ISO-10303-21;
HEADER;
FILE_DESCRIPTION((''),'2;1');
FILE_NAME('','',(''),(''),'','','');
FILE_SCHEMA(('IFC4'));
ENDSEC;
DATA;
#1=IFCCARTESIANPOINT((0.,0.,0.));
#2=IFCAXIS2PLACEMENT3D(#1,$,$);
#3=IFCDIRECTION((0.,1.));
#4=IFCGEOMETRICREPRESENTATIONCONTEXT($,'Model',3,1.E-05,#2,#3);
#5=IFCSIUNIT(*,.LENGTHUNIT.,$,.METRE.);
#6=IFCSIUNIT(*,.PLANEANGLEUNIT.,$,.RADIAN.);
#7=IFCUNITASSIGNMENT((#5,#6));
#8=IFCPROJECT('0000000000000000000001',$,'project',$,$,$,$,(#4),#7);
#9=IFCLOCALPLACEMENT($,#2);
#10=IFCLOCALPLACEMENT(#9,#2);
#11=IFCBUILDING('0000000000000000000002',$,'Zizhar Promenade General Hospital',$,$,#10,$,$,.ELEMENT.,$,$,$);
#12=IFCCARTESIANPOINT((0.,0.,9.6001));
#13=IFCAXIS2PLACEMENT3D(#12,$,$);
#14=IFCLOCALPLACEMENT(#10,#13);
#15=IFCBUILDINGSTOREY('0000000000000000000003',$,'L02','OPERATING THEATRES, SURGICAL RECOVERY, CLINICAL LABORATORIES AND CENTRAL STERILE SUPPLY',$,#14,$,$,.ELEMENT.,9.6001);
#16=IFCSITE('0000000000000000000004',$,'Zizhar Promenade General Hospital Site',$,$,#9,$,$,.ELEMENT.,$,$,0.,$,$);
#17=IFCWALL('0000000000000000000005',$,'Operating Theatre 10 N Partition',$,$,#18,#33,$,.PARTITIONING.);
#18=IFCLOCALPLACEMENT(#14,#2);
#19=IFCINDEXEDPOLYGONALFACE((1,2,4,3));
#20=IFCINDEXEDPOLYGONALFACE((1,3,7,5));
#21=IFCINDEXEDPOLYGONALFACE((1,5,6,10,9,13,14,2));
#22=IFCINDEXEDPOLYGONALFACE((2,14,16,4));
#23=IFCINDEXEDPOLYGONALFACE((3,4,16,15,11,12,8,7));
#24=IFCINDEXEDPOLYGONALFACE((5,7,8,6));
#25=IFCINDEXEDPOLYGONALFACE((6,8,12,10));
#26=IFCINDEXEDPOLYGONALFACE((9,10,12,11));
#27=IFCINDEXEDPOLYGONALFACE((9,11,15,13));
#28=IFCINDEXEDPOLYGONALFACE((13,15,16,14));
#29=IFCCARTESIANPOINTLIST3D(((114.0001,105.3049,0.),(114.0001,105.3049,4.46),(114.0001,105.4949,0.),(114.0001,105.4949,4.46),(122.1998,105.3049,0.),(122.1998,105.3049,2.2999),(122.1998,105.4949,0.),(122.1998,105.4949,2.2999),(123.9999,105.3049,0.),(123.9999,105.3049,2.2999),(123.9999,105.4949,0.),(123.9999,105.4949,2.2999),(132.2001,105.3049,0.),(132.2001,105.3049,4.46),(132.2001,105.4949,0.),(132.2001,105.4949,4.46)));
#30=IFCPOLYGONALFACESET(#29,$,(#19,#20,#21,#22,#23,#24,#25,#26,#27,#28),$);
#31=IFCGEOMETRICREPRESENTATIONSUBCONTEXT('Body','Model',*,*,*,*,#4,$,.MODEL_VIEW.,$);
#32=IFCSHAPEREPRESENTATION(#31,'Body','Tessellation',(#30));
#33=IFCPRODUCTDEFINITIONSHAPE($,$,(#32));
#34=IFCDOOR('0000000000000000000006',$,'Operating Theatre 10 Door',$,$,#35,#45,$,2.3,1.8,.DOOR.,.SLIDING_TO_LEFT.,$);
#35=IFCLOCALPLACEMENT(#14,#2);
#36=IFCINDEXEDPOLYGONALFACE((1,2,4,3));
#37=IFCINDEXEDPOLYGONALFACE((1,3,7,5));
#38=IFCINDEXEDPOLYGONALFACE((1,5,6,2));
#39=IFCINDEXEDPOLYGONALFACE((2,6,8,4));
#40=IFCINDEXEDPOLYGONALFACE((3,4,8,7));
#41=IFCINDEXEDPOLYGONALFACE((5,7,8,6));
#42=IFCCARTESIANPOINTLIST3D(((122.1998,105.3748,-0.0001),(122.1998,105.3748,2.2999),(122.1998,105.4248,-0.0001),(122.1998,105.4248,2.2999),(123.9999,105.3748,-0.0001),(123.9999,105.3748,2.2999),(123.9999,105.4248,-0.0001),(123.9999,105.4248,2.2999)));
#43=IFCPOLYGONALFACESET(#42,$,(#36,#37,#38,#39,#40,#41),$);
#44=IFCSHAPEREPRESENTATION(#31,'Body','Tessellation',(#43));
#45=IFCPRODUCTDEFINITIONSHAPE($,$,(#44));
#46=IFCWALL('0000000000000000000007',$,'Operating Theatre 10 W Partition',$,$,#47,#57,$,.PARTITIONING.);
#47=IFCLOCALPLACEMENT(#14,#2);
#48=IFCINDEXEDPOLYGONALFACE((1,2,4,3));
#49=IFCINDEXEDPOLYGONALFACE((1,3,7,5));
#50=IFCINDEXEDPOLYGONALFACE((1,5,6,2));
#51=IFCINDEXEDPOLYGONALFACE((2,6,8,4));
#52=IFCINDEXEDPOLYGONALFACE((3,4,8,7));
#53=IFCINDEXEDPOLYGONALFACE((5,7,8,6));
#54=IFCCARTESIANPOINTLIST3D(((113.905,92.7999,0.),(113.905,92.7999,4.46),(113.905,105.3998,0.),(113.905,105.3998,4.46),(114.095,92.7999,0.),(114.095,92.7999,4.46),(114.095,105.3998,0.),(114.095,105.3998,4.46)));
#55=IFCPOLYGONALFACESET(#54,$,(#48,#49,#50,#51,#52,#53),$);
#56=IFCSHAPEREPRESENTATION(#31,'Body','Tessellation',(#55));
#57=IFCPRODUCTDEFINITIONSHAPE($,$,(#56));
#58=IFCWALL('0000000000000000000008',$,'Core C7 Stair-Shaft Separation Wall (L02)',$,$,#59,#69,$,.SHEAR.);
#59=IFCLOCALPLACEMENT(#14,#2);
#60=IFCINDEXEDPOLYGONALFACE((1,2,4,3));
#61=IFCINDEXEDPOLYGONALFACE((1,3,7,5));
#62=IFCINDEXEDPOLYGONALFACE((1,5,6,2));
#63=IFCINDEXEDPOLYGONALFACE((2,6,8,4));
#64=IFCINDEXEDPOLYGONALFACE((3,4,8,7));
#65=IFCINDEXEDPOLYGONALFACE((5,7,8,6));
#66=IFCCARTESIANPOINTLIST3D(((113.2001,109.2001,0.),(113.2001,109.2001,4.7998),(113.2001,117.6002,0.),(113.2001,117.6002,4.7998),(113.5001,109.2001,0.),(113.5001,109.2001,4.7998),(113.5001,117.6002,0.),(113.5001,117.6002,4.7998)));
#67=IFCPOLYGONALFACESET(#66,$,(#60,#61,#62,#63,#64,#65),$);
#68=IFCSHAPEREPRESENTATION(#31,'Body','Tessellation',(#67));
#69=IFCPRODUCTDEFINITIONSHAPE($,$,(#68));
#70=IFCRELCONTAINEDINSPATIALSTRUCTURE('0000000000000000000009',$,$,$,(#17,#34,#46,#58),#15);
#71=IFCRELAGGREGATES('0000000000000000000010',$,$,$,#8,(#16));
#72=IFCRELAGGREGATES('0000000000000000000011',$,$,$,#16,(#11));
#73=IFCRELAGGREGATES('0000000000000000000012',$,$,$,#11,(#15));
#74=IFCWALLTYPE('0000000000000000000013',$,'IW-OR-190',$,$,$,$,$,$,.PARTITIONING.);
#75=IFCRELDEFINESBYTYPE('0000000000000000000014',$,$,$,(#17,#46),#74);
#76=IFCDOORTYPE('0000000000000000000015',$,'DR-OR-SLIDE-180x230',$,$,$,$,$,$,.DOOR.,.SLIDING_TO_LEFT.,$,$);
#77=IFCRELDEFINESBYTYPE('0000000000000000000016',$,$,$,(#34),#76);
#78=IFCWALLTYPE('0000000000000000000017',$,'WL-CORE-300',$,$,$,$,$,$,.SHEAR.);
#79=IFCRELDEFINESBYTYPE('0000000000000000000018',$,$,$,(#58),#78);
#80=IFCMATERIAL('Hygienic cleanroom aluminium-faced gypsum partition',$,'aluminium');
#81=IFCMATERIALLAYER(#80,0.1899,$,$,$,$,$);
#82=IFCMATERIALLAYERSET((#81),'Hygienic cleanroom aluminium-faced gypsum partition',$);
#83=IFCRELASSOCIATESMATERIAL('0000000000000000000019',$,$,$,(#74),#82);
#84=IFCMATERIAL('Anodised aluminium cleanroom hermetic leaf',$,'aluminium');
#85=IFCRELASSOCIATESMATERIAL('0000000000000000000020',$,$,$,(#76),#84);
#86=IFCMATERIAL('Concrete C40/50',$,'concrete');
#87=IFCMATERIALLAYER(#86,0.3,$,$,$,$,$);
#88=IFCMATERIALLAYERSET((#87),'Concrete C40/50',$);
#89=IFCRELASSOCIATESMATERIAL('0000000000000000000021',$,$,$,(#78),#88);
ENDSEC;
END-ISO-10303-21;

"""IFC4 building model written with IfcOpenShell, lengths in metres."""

from ifc_helpers import new_model, si_unit, direction, frame, frame_2d, origin, place, context, subcontext, project, spatial, rectangle, extrude, material, layer, layer_set, type_object, element, fill, save


model = new_model("IFC4")

# Units and contexts
model_context = context("Model", 3, precision=1e-05, world=origin(), true_north=direction((0.0, 1.0)))
body_context = subcontext(model_context, "Body", "Model", "MODEL_VIEW")
ifc_project = project(units=[si_unit("LENGTHUNIT", "METRE"), si_unit("PLANEANGLEUNIT", "RADIAN")], contexts=[model_context])

# Site, building, storey
site_placement = place(None, origin())
site = spatial("IfcSite", under=ifc_project, at=site_placement, Name="Zizhar Promenade General Hospital Site", CompositionType="ELEMENT", RefElevation=0.0)
building_placement = place(site_placement, origin())
building = spatial("IfcBuilding", under=site, at=building_placement, Name="Zizhar Promenade General Hospital", CompositionType="ELEMENT")
storey_placement = place(building_placement, frame((0.0, 0.0, 9.6001)))
storey = spatial("IfcBuildingStorey", under=building, at=storey_placement, Name="L02", Description="OPERATING THEATRES, SURGICAL RECOVERY, CLINICAL LABORATORIES AND CENTRAL STERILE SUPPLY", CompositionType="ELEMENT", Elevation=9.6001)

# Shared definitions
ifc_material_1 = material(Name="Hygienic cleanroom aluminium-faced gypsum partition", Category="aluminium")
ifc_layer_1 = layer(ifc_material_1, 0.1899)
ifc_layer_set_1 = layer_set([ifc_layer_1], Name="Hygienic cleanroom aluminium-faced gypsum partition")
wall_type_1 = type_object("IfcWallType", Name="IW-OR-190", PredefinedType="PARTITIONING", material=ifc_layer_set_1)

# Wall, opening, door
wall_1_placement = place(storey_placement, frame((114.0, 105.3999, 0.0), z_axis=(0.0, 0.0, 1.0), x_axis=(1.0, 0.0, 0.0)))
wall_1 = element("IfcWall", 1, at=wall_1_placement, inside=storey, type_object=wall_type_1, Name="Operating Theatre 10 N Partition", PredefinedType="PARTITIONING", context=body_context, shape_type="SweptSolid", body=[
    extrude(rectangle(XDim=18.2, YDim=0.1899, at=frame_2d((9.1001, 0.0))), origin(), (0.0, 0.0, 1.0), 4.46),
])
opening_1_placement = place(wall_1_placement, frame((8.2, 0.0, 0.0)))
opening_1 = element("IfcOpeningElement", 2, at=opening_1_placement, cuts=wall_1, PredefinedType="OPENING", context=body_context, shape_type="SweptSolid", body=[
    extrude(rectangle(XDim=1.8, YDim=2.3, at=frame_2d((0.8999, 1.1499))), frame((0.0, 0.105, 0.0), z_axis=(0.0, -1.0, 0.0), x_axis=(1.0, 0.0, 0.0)), (0.0, 0.0, 1.0), 0.21),
])
ifc_material_2 = material(Name="Anodised aluminium cleanroom hermetic leaf", Category="aluminium")
door_type_1 = type_object("IfcDoorType", Name="DR-OR-SLIDE-180x230", OperationType="SLIDING_TO_LEFT", PredefinedType="DOOR", material=ifc_material_2)
door_1_placement = place(opening_1_placement, origin())
door_1 = element("IfcDoor", 3, at=door_1_placement, inside=storey, type_object=door_type_1, Name="Operating Theatre 10 Door", OperationType="SLIDING_TO_LEFT", OverallHeight=2.3, OverallWidth=1.8, PredefinedType="DOOR", context=body_context, shape_type="SweptSolid", body=[
    extrude(rectangle(XDim=1.8, YDim=2.3, at=frame_2d((0.8999, 1.1499))), frame((0.0, 0.0249, 0.0), z_axis=(0.0, -1.0, 0.0), x_axis=(1.0, 0.0, 0.0)), (0.0, 0.0, 1.0), 0.05),
])
fill(opening_1, door_1)

# Walls
wall_2_placement = place(storey_placement, frame((114.0, 92.8, 0.0), z_axis=(0.0, 0.0, 1.0), x_axis=(0.0, 1.0, 0.0)))
element("IfcWall", 4, at=wall_2_placement, inside=storey, type_object=wall_type_1, Name="Operating Theatre 10 W Partition", PredefinedType="PARTITIONING", context=body_context, shape_type="SweptSolid", body=[
    extrude(rectangle(XDim=12.5999, YDim=0.1899, at=frame_2d((6.2998, 0.0))), origin(), (0.0, 0.0, 1.0), 4.46),
])
ifc_material_3 = material(Name="Concrete C40/50", Category="concrete")
ifc_layer_2 = layer(ifc_material_3, 0.3)
ifc_layer_set_2 = layer_set([ifc_layer_2], Name="Concrete C40/50")
wall_type_2 = type_object("IfcWallType", Name="WL-CORE-300", PredefinedType="SHEAR", material=ifc_layer_set_2)
wall_3_placement = place(storey_placement, frame((113.3501, 109.2, 0.0), z_axis=(0.0, 0.0, 1.0), x_axis=(0.0, 1.0, 0.0)))
element("IfcWall", 5, at=wall_3_placement, inside=storey, type_object=wall_type_2, Name="Core C7 Stair-Shaft Separation Wall (L02)", PredefinedType="SHEAR", context=body_context, shape_type="SweptSolid", body=[
    extrude(rectangle(XDim=8.4001, YDim=0.3, at=frame_2d((4.2002, 0.0))), origin(), (0.0, 0.0, 1.0), 4.7998),
])

save(model, "model.ifc")
